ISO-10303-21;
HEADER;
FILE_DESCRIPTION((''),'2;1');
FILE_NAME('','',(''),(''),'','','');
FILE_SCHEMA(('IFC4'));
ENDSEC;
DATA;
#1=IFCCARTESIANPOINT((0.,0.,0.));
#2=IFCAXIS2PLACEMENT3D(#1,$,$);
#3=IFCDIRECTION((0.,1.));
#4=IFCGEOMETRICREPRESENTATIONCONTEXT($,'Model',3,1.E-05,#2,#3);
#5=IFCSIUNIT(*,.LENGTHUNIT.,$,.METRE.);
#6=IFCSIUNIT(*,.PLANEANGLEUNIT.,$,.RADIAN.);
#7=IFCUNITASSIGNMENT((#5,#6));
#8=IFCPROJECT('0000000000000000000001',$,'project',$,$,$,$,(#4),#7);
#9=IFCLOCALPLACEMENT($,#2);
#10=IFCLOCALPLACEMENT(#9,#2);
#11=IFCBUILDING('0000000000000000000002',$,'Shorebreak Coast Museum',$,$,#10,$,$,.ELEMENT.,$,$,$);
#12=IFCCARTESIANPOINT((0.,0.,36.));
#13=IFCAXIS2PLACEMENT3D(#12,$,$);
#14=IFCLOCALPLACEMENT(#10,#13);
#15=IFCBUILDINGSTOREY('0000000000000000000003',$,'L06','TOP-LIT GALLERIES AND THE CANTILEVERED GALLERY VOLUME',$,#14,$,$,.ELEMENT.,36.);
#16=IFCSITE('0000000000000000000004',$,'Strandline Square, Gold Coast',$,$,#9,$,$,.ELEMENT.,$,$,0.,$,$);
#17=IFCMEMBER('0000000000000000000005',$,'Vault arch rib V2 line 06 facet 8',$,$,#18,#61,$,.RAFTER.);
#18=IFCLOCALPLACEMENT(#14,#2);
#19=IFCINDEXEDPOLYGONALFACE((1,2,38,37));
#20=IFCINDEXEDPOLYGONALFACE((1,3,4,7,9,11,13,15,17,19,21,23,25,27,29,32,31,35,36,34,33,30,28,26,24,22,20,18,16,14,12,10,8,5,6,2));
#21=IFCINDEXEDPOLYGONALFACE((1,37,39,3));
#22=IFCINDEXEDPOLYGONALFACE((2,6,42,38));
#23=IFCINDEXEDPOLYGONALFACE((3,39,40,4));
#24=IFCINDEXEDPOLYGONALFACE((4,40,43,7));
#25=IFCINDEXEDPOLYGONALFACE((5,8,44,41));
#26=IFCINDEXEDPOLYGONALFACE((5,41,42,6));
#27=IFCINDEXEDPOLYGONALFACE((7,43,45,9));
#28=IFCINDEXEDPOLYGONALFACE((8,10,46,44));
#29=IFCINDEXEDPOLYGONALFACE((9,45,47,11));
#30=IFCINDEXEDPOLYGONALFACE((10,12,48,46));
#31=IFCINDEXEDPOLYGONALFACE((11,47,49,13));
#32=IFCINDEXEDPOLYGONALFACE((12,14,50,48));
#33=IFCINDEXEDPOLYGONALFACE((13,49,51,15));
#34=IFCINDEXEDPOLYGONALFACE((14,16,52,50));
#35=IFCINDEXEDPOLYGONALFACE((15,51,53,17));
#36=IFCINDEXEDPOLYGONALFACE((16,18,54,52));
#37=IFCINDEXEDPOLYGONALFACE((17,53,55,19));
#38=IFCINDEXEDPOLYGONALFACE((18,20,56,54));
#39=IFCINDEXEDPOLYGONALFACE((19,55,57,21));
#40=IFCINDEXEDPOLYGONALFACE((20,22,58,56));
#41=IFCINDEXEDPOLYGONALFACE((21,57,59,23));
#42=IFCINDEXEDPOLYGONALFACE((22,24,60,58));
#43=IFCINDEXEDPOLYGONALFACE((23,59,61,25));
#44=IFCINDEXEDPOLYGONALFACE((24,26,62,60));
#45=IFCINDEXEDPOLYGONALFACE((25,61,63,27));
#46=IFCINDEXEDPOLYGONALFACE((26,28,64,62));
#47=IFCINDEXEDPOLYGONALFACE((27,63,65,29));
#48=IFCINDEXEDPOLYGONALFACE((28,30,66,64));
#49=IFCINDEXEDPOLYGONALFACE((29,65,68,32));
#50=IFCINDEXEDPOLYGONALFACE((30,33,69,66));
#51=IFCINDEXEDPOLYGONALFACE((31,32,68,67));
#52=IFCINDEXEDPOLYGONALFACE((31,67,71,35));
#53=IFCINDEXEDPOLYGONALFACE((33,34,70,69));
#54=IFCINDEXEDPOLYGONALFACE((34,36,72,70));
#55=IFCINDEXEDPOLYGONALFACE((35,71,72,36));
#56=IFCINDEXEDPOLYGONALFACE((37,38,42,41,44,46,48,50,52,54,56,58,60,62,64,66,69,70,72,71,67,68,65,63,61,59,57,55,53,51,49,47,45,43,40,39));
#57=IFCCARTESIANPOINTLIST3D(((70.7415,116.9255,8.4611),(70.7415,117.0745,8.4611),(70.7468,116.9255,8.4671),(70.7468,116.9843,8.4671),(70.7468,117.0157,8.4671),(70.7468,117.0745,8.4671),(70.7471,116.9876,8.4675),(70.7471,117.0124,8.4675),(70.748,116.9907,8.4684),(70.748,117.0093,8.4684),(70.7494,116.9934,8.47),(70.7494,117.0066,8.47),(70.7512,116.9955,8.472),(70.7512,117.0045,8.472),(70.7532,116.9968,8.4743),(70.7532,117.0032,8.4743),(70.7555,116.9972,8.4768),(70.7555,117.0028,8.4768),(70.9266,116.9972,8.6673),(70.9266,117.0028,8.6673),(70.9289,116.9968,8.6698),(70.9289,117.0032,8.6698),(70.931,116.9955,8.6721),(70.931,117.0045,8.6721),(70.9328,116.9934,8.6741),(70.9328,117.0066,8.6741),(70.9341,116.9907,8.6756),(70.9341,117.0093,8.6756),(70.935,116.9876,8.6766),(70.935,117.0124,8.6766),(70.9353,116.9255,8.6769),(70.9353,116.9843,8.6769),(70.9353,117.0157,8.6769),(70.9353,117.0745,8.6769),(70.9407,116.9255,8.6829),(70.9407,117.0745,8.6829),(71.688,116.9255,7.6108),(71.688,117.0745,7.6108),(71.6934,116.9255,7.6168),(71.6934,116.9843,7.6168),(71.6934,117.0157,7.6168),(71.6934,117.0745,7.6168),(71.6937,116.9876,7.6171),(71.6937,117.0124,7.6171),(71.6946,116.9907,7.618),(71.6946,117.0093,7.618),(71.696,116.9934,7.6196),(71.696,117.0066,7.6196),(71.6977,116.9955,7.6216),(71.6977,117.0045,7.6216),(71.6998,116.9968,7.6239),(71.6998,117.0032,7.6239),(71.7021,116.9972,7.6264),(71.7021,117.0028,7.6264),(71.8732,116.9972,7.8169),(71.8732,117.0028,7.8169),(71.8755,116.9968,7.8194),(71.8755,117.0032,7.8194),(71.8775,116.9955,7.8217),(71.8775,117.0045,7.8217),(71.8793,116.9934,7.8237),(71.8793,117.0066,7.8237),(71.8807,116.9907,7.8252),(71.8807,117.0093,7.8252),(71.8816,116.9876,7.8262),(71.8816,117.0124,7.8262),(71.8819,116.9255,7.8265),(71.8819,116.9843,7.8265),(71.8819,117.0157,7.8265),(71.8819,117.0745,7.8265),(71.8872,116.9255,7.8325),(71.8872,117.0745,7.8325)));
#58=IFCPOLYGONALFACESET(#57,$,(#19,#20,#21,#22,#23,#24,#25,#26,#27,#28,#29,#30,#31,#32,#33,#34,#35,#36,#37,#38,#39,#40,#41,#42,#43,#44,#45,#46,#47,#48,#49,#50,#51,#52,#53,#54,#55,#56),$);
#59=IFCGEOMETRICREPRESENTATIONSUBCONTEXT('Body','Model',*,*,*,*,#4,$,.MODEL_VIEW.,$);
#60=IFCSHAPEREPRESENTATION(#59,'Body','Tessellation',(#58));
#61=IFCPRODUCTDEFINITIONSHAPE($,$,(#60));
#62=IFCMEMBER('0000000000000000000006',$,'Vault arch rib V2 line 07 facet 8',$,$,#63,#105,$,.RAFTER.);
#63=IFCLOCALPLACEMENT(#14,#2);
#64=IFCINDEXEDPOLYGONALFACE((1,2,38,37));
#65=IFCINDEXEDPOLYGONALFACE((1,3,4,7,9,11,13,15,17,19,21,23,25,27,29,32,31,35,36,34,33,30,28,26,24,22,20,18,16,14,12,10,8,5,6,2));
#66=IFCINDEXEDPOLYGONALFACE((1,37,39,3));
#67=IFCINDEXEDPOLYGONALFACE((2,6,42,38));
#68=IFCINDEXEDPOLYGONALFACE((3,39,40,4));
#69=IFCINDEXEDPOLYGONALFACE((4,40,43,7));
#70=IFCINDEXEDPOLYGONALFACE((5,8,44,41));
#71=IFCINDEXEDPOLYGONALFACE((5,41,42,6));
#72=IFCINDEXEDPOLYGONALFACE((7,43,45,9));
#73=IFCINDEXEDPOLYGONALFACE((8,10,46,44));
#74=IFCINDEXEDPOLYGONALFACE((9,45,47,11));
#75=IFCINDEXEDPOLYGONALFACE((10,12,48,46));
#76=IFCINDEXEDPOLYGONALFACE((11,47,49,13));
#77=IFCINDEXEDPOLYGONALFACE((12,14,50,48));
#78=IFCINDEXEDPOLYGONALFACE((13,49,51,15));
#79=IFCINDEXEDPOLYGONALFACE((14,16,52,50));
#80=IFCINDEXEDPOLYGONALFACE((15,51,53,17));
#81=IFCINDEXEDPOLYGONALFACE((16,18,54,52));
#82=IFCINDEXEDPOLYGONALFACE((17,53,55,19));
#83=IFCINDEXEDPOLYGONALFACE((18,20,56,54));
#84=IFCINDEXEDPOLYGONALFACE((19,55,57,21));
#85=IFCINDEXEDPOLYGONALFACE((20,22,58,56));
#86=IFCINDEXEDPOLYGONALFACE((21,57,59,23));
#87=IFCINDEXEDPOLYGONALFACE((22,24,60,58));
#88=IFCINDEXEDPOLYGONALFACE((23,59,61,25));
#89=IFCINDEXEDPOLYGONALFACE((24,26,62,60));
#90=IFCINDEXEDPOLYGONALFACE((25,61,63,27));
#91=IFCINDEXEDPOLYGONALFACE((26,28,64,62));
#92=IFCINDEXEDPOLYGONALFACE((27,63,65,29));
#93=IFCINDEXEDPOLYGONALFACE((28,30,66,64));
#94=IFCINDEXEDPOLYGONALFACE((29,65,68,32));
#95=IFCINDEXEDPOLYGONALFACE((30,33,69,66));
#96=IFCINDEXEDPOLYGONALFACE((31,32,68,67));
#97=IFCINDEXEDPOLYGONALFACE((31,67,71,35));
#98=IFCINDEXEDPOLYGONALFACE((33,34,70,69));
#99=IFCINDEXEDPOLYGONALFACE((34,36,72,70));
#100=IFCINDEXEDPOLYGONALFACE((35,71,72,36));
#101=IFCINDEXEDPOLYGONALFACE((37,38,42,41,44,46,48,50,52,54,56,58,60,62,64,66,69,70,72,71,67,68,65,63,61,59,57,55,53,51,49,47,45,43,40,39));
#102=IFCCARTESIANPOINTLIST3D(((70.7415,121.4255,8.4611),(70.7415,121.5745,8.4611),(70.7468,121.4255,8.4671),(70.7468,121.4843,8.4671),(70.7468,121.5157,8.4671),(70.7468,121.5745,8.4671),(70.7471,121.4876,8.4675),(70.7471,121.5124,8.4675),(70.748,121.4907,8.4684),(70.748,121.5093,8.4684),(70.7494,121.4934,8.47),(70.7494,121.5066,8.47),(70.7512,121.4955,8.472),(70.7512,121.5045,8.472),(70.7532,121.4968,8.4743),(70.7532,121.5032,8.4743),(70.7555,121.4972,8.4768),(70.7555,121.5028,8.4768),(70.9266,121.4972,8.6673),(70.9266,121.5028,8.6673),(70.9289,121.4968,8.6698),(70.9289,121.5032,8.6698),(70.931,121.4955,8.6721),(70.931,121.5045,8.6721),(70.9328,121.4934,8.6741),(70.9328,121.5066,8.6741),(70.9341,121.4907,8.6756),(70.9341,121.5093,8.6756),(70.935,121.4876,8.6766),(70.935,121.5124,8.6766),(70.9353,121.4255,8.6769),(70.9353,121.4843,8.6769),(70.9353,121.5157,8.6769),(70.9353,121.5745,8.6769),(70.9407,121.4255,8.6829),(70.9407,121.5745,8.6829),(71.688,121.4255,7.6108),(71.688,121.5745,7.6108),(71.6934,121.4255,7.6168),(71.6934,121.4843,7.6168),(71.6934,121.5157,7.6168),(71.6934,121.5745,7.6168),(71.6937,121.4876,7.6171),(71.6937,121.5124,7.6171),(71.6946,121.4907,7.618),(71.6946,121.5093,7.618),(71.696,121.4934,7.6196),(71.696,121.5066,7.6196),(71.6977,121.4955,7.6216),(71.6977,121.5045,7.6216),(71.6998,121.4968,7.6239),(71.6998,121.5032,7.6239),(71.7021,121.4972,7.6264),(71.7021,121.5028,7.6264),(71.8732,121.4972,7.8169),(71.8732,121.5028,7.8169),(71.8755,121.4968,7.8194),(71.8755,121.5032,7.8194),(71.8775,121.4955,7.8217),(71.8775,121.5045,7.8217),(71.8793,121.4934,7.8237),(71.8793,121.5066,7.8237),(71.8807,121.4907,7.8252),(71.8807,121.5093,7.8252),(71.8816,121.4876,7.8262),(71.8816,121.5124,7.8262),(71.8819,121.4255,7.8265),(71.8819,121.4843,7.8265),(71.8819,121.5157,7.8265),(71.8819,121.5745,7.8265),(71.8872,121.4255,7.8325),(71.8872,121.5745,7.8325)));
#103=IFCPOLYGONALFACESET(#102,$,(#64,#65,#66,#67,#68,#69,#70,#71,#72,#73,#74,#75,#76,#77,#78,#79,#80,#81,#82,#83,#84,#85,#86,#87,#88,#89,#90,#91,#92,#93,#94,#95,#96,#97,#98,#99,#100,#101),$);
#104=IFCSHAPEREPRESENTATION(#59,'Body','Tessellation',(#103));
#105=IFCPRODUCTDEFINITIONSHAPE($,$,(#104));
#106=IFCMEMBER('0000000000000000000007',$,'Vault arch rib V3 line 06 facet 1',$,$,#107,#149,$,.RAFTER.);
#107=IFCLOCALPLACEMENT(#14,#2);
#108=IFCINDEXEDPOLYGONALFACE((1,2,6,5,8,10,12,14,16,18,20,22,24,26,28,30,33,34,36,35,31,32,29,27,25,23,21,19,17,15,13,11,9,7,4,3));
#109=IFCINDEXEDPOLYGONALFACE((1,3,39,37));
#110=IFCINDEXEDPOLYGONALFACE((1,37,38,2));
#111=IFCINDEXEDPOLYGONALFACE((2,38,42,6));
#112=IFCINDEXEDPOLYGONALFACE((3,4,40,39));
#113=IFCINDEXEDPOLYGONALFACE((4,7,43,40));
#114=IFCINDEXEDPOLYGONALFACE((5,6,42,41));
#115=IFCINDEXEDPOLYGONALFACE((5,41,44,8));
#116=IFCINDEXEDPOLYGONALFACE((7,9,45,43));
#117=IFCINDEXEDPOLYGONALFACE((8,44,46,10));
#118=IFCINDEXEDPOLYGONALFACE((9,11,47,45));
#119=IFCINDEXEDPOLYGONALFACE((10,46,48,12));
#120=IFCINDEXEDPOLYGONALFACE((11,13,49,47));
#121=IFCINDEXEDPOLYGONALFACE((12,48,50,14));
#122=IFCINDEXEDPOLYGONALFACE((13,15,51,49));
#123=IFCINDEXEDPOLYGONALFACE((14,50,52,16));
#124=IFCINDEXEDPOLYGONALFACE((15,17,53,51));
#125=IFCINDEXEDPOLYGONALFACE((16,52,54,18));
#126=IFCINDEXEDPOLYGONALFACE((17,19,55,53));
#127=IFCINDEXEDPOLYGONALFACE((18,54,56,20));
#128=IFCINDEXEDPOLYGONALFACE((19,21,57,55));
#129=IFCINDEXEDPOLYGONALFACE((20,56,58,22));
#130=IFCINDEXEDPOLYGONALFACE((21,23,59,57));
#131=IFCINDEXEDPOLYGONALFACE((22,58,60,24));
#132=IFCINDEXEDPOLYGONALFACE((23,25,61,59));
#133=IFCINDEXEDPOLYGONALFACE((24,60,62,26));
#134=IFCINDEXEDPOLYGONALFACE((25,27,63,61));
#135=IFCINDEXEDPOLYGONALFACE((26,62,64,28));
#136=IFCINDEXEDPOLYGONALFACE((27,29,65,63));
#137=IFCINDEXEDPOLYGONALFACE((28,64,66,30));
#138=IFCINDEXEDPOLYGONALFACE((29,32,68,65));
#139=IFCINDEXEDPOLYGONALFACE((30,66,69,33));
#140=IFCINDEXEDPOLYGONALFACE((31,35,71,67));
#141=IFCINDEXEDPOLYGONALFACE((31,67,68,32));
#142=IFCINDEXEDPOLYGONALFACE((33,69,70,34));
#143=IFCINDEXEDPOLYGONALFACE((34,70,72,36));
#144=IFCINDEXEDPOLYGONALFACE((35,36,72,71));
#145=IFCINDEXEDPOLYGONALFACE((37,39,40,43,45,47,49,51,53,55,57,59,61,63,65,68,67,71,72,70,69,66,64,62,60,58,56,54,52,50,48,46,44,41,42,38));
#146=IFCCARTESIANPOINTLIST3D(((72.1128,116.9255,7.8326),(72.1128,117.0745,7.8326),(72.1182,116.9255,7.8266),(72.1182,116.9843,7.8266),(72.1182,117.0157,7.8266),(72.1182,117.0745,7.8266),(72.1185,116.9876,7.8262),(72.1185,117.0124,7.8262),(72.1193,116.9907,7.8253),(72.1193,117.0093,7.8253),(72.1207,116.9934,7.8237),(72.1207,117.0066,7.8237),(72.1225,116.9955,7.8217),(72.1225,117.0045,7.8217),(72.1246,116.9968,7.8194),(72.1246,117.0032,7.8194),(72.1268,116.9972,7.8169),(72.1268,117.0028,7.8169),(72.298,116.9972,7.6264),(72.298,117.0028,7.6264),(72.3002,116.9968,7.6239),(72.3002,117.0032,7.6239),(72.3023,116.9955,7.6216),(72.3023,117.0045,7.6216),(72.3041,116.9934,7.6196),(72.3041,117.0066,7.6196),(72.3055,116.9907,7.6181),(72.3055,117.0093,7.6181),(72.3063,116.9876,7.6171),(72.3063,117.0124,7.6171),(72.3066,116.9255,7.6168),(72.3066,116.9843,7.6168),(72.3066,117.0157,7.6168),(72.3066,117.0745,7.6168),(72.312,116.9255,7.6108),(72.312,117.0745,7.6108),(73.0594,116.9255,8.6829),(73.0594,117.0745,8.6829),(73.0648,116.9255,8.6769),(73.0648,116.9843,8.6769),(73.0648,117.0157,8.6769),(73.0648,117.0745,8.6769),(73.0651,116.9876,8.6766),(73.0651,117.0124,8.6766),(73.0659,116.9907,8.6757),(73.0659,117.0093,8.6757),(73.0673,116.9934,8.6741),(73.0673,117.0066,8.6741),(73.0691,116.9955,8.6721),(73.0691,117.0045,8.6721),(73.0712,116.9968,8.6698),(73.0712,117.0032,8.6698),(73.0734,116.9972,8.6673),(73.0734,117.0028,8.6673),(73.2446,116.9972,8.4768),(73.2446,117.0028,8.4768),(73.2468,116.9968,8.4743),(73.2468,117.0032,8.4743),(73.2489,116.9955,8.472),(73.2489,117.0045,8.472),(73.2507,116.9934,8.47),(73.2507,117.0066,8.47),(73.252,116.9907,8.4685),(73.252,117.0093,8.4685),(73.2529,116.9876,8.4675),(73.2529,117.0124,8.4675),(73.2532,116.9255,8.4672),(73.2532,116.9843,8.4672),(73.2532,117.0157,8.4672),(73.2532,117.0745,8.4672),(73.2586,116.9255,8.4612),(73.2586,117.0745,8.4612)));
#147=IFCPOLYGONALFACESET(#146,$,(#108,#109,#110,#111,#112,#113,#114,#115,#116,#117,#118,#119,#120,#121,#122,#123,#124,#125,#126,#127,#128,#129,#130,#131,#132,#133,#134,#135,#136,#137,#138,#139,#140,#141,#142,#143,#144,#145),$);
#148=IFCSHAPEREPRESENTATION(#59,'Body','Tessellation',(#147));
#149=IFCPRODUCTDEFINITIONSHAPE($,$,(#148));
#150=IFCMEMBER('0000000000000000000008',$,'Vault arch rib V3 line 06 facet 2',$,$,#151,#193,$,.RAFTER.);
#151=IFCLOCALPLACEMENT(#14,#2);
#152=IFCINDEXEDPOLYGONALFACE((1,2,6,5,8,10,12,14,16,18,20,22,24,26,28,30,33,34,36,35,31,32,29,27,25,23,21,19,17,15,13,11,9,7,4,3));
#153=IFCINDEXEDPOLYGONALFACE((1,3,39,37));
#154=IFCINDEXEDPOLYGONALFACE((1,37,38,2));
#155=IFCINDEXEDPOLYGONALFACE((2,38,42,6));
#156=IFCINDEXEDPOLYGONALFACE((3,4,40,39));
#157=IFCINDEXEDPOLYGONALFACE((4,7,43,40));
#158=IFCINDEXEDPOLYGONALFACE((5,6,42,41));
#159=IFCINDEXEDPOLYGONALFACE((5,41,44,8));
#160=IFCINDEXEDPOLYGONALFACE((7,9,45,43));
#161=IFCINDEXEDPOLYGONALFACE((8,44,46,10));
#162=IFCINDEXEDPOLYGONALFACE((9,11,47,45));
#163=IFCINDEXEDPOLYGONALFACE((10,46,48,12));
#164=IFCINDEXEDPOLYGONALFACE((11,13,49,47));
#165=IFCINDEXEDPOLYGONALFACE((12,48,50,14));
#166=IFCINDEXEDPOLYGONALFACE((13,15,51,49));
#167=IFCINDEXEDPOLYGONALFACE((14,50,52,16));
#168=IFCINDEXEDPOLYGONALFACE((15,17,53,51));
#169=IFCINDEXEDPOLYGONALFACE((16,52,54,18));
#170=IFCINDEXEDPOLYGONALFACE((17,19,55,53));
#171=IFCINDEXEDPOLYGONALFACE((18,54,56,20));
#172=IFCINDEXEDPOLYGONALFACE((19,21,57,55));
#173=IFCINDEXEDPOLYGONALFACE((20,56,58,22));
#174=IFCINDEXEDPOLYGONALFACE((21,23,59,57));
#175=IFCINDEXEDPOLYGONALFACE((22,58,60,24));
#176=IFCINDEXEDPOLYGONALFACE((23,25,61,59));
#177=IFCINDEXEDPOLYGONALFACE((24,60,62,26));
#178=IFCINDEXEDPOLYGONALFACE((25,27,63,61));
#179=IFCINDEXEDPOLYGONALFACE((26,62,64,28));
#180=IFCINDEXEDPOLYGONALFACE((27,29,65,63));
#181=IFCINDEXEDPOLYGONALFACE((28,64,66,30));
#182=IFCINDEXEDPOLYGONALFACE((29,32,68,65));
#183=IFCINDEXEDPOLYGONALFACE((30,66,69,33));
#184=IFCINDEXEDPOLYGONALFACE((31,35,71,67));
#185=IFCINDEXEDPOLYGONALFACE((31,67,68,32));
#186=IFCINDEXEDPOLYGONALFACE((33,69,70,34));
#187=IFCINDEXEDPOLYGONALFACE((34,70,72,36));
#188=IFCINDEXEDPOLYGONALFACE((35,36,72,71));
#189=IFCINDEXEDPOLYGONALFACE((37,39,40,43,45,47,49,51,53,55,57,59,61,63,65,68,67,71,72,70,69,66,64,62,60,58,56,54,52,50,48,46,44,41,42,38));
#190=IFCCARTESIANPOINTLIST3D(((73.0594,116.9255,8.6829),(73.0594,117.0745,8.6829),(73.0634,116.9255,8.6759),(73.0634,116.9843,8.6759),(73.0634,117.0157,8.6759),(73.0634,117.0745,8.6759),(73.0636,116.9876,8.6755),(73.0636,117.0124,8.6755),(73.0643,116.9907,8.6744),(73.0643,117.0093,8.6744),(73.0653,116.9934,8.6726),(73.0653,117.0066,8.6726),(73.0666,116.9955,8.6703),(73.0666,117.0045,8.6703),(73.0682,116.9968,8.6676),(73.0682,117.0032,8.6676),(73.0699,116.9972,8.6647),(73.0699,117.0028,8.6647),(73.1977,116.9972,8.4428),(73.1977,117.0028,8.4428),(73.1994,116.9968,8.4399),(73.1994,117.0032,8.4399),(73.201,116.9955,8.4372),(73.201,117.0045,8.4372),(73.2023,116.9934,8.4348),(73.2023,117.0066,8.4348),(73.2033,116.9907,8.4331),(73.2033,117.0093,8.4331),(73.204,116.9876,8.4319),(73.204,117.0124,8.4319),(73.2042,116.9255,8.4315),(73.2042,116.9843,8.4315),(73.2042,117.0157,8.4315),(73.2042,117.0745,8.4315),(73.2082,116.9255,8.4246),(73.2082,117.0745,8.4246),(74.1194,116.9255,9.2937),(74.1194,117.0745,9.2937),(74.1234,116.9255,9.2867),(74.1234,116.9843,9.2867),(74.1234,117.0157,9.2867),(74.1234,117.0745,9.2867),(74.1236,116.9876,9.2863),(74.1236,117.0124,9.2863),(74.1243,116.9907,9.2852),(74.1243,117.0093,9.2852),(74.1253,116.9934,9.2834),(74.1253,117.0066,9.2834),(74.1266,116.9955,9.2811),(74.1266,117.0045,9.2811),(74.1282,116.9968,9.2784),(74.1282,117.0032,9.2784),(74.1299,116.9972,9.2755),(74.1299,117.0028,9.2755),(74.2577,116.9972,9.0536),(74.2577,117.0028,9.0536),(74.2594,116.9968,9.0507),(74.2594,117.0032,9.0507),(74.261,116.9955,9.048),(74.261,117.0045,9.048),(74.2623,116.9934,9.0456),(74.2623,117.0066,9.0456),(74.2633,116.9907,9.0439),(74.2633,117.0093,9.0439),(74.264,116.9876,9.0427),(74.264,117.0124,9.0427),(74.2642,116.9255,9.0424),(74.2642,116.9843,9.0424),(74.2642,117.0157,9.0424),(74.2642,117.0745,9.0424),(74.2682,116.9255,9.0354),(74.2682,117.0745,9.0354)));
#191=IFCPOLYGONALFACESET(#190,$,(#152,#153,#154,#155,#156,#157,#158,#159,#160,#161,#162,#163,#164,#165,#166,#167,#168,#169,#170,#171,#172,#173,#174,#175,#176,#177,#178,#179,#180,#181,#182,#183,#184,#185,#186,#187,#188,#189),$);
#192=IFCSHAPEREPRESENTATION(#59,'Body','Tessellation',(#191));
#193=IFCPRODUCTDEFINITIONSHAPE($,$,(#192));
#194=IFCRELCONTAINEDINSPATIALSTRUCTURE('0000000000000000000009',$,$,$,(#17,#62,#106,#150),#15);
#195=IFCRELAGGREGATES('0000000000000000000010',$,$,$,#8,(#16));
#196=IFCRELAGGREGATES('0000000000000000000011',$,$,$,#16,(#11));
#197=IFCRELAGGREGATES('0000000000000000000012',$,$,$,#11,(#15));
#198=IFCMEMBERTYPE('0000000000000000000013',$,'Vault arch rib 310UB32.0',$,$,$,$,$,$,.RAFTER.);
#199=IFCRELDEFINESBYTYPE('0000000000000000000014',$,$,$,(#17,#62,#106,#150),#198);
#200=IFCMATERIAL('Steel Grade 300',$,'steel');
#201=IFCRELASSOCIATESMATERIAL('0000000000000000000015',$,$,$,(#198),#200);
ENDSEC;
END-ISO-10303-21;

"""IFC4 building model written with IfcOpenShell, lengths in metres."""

from ifc_helpers import new_model, si_unit, direction, frame, origin, origin_2d, place, context, subcontext, project, spatial, i_section, extrude, material, material_profile, profile_set, type_object, element, save


model = new_model("IFC4")

# Units and contexts
model_context = context("Model", 3, precision=1e-05, world=origin(), true_north=direction((0.0, 1.0)))
body_context = subcontext(model_context, "Body", "Model", "MODEL_VIEW")
ifc_project = project(units=[si_unit("LENGTHUNIT", "METRE"), si_unit("PLANEANGLEUNIT", "RADIAN")], contexts=[model_context])

# Site, building, storey
site_placement = place(None, origin())
site = spatial("IfcSite", under=ifc_project, at=site_placement, Name="Strandline Square, Gold Coast", CompositionType="ELEMENT", RefElevation=0.0)
building_placement = place(site_placement, origin())
building = spatial("IfcBuilding", under=site, at=building_placement, Name="Shorebreak Coast Museum", CompositionType="ELEMENT")
storey_placement = place(building_placement, frame((0.0, 0.0, 36.0)))
storey = spatial("IfcBuildingStorey", under=building, at=storey_placement, Name="L06", Description="TOP-LIT GALLERIES AND THE CANTILEVERED GALLERY VOLUME", CompositionType="ELEMENT", Elevation=36.0)

# Members
ifc_material_1 = material(Name="Steel Grade 300", Category="steel")
ifc_material_profile_1 = material_profile(ifc_material_1, i_section(OverallWidth=0.1489, OverallDepth=0.2981, WebThickness=0.0056, FlangeThickness=0.0081, FilletRadius=0.0129, at=origin_2d()), Name="310UB32.0")
ifc_profile_set_1 = profile_set([ifc_material_profile_1], Name="Steel Grade 300")
member_type_1 = type_object("IfcMemberType", Name="Vault arch rib 310UB32.0", PredefinedType="RAFTER", material=ifc_profile_set_1)
for number, where, z_axis, x_axis, name in (
    (1, (70.8411, 117.0, 8.572), (0.743895, 0.0, -0.668297), (0.0, 1.0, 0.0), "Vault arch rib V2 line 06 facet 8"),
    (2, (70.8411, 121.5, 8.572), (0.743895, 0.0, -0.668297), (0.0, 1.0, 0.0), "Vault arch rib V2 line 07 facet 8"),
    (3, (72.2124, 117.0, 7.7217), (0.743895, 0.0, 0.668297), (0.0, 1.0, 0.0), "Vault arch rib V3 line 06 facet 1"),
):
    element("IfcMember", number, at=place(storey_placement, frame(where, z_axis=z_axis, x_axis=x_axis)), inside=storey, type_object=member_type_1, Name=name, PredefinedType="RAFTER", context=body_context, shape_type="SweptSolid", body=[
        extrude(i_section(OverallWidth=0.1489, OverallDepth=0.2981, WebThickness=0.0056, FlangeThickness=0.0081, FilletRadius=0.0129, at=origin_2d()), origin(), (0.0, 0.0, 1.0), 1.2725),
    ])
for number, where, z_axis, x_axis, name in (
    (4, (73.1338, 117.0, 8.5537), (0.866445, 0.0, 0.499273), (0.0, 1.0, 0.0), "Vault arch rib V3 line 06 facet 2"),
):
    element("IfcMember", number, at=place(storey_placement, frame(where, z_axis=z_axis, x_axis=x_axis)), inside=storey, type_object=member_type_1, Name=name, PredefinedType="RAFTER", context=body_context, shape_type="SweptSolid", body=[
        extrude(i_section(OverallWidth=0.1489, OverallDepth=0.2981, WebThickness=0.0056, FlangeThickness=0.0081, FilletRadius=0.0129, at=origin_2d()), origin(), (0.0, 0.0, 1.0), 1.2234),
    ])

save(model, "model.ifc")
